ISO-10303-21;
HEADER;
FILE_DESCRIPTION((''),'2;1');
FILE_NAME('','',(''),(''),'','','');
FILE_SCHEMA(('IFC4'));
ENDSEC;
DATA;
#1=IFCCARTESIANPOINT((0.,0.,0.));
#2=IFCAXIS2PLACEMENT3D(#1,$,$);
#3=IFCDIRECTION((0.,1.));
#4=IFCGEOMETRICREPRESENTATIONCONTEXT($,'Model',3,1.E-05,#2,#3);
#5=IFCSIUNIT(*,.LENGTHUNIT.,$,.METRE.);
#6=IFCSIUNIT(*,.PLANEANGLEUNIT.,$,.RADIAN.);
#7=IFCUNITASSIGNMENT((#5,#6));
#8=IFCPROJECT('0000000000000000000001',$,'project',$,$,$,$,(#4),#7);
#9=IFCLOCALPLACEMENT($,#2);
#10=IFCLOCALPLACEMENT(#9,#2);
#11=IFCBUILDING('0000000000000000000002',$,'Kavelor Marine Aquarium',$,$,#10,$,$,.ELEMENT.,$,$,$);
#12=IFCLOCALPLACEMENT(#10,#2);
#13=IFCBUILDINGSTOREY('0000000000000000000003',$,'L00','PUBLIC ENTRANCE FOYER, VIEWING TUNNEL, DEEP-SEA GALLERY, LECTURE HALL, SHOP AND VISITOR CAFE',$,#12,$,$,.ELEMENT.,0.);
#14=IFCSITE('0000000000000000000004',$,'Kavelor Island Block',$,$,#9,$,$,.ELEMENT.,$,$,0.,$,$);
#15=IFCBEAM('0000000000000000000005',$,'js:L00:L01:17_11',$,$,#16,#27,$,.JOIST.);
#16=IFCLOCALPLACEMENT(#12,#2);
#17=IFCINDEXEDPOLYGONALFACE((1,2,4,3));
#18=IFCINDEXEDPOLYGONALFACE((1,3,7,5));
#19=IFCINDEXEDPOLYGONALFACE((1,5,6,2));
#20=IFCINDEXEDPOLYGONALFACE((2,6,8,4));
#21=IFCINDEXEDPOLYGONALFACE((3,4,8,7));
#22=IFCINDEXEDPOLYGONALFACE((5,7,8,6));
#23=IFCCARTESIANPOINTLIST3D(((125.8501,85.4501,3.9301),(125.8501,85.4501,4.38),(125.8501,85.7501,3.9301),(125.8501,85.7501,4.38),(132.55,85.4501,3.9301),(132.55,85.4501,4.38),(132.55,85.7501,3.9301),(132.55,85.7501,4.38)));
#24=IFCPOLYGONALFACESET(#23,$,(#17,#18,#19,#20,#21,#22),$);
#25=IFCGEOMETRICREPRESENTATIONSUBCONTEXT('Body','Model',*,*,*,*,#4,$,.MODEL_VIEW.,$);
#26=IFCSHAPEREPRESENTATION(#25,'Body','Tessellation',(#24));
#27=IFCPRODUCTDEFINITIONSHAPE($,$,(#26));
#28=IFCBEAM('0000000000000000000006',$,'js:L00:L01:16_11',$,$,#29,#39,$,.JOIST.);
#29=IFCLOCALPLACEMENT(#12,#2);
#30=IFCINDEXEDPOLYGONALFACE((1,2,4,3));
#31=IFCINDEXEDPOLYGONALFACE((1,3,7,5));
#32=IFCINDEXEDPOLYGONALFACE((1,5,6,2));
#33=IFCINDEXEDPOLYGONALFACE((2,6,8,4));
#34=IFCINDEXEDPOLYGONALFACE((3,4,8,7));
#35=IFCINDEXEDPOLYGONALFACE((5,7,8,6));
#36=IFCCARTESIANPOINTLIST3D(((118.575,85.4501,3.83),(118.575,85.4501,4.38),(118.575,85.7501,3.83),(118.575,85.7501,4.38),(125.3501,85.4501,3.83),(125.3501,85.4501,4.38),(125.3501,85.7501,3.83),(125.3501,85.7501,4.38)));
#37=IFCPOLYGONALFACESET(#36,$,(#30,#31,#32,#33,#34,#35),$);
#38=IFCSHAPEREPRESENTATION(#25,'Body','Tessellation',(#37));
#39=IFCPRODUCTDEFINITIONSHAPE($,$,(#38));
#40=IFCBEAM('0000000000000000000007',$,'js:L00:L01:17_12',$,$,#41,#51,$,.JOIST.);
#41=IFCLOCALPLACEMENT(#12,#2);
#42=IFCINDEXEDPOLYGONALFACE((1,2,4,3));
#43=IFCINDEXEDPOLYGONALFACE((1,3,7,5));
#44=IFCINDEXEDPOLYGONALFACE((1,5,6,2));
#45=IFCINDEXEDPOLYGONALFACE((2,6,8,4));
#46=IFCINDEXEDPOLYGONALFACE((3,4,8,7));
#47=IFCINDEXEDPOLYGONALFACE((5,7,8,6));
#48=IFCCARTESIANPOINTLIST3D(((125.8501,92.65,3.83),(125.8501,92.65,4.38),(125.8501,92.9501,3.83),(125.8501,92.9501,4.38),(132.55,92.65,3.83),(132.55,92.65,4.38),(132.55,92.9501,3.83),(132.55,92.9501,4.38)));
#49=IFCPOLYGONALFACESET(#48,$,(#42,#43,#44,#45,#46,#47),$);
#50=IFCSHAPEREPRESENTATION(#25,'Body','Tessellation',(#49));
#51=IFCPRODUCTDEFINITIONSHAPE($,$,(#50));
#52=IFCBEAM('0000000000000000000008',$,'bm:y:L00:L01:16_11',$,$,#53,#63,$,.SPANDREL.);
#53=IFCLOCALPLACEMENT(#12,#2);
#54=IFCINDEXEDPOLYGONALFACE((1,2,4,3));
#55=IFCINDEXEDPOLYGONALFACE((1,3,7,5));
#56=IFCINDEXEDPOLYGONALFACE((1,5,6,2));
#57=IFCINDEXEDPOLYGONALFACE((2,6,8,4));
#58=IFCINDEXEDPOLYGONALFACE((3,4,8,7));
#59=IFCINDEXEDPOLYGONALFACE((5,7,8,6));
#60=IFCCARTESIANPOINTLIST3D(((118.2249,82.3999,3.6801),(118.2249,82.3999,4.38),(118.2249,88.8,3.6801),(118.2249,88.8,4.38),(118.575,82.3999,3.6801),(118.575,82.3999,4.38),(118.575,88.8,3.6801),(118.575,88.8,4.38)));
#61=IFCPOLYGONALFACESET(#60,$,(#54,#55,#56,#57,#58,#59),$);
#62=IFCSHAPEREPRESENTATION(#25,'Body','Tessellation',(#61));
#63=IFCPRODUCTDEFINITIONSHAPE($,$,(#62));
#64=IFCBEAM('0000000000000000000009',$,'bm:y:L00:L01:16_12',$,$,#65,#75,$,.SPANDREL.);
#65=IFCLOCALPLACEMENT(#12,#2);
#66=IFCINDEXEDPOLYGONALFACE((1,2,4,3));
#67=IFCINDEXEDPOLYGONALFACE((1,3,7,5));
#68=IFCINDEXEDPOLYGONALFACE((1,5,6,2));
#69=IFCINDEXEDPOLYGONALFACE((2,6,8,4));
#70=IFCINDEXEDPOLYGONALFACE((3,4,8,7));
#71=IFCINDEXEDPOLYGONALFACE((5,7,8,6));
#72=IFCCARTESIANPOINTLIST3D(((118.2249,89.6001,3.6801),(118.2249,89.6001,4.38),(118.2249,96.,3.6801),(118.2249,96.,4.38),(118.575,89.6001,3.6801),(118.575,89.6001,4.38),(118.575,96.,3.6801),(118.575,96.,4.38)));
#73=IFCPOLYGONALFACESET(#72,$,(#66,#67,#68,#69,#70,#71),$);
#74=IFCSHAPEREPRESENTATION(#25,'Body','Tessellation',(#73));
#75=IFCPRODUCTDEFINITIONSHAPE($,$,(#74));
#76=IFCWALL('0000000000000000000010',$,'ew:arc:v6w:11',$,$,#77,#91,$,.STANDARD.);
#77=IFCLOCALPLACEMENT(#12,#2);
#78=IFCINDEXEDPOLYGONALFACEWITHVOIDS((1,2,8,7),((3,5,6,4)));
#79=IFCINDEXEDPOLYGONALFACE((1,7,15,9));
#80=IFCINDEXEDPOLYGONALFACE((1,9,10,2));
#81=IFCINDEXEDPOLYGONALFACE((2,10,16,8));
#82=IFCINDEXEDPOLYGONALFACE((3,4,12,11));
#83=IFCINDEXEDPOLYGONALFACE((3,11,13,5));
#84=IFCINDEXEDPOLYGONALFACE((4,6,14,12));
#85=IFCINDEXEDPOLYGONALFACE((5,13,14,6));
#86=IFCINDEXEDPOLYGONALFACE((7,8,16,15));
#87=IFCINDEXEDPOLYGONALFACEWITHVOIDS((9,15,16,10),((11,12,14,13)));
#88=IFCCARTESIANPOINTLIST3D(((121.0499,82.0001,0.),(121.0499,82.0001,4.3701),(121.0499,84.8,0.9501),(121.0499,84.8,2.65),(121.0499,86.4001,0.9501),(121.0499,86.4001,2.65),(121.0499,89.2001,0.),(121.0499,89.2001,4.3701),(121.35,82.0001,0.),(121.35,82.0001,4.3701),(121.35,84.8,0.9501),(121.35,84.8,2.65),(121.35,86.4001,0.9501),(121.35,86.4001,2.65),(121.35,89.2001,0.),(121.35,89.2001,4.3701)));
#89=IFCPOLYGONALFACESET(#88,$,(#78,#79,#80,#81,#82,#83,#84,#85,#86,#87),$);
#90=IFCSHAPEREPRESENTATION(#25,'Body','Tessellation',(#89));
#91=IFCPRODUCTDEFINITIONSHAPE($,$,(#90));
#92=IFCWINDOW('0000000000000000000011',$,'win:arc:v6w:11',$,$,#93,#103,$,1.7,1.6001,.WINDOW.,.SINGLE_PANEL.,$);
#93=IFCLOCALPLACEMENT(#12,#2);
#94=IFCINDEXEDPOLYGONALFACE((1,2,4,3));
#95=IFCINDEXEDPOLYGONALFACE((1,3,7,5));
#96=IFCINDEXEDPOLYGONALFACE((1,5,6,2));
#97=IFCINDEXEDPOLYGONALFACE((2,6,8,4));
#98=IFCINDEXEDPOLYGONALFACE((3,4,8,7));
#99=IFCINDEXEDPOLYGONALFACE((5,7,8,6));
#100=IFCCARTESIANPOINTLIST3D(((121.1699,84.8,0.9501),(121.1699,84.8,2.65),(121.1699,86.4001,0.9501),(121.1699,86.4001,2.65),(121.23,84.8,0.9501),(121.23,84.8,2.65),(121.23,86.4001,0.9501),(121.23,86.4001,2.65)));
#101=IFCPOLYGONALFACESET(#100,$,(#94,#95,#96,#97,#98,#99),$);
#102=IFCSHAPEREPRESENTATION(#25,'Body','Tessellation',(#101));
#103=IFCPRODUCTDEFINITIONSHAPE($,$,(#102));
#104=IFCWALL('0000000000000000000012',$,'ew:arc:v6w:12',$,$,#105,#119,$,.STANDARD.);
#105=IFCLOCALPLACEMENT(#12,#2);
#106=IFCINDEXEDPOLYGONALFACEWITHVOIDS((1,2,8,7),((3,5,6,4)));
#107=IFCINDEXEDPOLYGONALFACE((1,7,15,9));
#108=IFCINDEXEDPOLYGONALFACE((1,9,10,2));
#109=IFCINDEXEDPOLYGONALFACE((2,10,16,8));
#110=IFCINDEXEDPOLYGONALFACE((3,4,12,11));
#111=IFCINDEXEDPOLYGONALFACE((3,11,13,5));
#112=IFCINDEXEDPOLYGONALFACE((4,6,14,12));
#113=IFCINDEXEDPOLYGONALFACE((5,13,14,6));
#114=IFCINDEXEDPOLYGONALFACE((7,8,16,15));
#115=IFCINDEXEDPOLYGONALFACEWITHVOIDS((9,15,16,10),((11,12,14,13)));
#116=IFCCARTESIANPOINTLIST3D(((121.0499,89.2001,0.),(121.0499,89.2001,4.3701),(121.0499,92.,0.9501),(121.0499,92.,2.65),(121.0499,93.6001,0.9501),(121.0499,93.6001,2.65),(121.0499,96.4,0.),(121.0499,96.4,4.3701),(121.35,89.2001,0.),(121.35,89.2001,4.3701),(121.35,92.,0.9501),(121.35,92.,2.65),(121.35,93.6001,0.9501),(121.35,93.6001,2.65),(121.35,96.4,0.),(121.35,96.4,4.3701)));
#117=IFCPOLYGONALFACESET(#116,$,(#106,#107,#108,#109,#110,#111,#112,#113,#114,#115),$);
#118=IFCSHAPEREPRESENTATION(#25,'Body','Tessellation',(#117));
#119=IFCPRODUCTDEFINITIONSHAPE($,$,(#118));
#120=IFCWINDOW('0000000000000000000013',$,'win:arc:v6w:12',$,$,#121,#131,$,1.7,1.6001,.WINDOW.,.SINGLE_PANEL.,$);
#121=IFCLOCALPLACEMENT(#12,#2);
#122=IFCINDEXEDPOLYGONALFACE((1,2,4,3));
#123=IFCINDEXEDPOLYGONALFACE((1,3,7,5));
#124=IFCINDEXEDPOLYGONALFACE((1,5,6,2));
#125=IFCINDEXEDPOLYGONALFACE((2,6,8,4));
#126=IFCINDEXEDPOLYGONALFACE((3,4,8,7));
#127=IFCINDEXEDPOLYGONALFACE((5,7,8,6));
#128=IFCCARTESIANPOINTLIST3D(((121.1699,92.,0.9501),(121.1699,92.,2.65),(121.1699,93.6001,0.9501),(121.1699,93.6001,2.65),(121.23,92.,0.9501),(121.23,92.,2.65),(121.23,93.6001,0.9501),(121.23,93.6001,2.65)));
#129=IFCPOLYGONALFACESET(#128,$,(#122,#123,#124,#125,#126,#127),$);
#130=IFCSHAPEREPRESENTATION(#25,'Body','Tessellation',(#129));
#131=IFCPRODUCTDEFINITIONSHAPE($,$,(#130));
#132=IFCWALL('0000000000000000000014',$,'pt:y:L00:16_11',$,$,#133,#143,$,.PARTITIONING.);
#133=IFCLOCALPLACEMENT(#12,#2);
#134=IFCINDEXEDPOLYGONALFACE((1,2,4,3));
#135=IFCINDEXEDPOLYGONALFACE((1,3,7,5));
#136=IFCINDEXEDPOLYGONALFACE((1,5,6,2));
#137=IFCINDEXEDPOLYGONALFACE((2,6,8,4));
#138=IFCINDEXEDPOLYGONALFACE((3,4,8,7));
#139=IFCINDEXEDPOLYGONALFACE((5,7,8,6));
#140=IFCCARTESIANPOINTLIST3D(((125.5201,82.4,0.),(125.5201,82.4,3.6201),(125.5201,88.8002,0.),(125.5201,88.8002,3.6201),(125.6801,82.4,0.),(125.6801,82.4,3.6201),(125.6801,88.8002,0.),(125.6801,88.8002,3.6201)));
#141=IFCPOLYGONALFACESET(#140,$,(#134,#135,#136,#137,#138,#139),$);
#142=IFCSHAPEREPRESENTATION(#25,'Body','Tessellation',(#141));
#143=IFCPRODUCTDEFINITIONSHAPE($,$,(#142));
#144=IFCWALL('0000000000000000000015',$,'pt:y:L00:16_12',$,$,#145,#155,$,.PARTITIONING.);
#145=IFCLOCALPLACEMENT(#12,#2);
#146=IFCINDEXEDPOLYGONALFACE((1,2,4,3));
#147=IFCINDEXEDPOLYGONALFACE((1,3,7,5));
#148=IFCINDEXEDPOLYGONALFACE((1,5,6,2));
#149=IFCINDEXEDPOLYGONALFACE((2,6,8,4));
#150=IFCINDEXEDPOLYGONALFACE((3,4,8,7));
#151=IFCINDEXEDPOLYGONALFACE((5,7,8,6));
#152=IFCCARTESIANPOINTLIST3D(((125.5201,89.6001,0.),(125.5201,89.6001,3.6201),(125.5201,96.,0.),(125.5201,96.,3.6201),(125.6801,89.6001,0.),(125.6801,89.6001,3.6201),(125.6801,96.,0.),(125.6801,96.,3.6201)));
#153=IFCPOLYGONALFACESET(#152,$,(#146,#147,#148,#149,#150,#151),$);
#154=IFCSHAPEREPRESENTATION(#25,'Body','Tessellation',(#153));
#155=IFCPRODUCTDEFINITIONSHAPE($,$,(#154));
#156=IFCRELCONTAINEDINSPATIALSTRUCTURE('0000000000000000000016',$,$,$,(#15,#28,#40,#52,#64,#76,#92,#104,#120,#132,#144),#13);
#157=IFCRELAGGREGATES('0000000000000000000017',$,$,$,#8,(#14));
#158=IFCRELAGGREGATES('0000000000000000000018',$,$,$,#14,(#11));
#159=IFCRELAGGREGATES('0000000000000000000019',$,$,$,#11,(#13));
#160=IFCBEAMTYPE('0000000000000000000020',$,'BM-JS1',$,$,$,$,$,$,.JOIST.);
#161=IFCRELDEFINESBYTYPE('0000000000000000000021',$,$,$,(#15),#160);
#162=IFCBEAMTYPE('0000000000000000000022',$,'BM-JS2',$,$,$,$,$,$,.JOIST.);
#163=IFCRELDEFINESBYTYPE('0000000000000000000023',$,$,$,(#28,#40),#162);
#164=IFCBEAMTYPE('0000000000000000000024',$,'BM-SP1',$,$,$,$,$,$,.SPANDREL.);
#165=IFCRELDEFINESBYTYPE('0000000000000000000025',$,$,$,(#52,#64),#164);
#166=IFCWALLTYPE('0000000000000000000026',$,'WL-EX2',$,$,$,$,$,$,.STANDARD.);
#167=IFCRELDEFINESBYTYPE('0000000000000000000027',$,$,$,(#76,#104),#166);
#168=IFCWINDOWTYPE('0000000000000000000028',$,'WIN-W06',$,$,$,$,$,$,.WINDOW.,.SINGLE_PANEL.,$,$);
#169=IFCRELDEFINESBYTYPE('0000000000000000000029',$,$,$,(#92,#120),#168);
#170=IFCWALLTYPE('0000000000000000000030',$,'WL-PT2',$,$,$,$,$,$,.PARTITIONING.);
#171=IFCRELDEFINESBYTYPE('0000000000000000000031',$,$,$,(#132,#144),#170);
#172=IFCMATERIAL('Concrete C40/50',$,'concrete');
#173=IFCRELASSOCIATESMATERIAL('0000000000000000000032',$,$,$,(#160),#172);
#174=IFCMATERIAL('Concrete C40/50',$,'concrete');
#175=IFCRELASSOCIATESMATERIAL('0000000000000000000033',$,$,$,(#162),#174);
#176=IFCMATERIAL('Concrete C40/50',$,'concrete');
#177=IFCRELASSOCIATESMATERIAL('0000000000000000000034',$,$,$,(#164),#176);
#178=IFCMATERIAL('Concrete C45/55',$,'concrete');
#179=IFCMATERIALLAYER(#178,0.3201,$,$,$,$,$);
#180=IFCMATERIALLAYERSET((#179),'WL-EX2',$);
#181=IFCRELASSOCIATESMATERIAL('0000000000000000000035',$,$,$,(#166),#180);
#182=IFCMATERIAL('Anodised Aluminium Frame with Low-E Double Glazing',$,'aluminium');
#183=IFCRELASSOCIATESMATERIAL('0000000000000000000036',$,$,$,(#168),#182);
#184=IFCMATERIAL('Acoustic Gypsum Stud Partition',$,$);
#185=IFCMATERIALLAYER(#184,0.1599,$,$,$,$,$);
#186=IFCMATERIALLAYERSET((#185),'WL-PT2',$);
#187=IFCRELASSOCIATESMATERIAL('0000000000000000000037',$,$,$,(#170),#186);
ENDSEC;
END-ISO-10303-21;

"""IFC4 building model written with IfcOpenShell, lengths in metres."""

from ifc_helpers import new_model, si_unit, direction, frame, frame_2d, origin, origin_2d, place, context, subcontext, project, spatial, rectangle, extrude, material, layer, layer_set, material_profile, profile_set, type_object, element, fill, save


model = new_model("IFC4")

# Units and contexts
model_context = context("Model", 3, precision=1e-05, world=origin(), true_north=direction((0.0, 1.0)))
body_context = subcontext(model_context, "Body", "Model", "MODEL_VIEW")
ifc_project = project(units=[si_unit("LENGTHUNIT", "METRE"), si_unit("PLANEANGLEUNIT", "RADIAN")], contexts=[model_context])

# Site, building, storey
site_placement = place(None, origin())
site = spatial("IfcSite", under=ifc_project, at=site_placement, Name="Kavelor Island Block", CompositionType="ELEMENT", RefElevation=0.0)
building_placement = place(site_placement, origin())
building = spatial("IfcBuilding", under=site, at=building_placement, Name="Kavelor Marine Aquarium", CompositionType="ELEMENT")
storey_placement = place(building_placement, origin())
storey = spatial("IfcBuildingStorey", under=building, at=storey_placement, Name="L00", Description="PUBLIC ENTRANCE FOYER, VIEWING TUNNEL, DEEP-SEA GALLERY, LECTURE HALL, SHOP AND VISITOR CAFE", CompositionType="ELEMENT", Elevation=0.0)

# Beams
ifc_material_1 = material(Name="Concrete C40/50", Category="concrete")
ifc_material_profile_1 = material_profile(ifc_material_1, rectangle(XDim=0.3, YDim=0.45, at=origin_2d()), Name="RC-JS 300x450")
ifc_profile_set_1 = profile_set([ifc_material_profile_1], Name="Concrete C40/50")
beam_type_1 = type_object("IfcBeamType", Name="BM-JS1", PredefinedType="JOIST", material=ifc_profile_set_1)
beam_1_placement = place(storey_placement, frame((125.8501, 85.6001, 4.155), z_axis=(1.0, 0.0, 0.0), x_axis=(0.0, 1.0, 0.0)))
element("IfcBeam", 1, at=beam_1_placement, inside=storey, type_object=beam_type_1, Name="js:L00:L01:17_11", PredefinedType="JOIST", context=body_context, shape_type="SweptSolid", body=[
    extrude(rectangle(XDim=0.3, YDim=0.45, at=origin_2d()), origin(), (0.0, 0.0, 1.0), 6.7),
])
ifc_material_2 = material(Name="Concrete C40/50", Category="concrete")
ifc_material_profile_2 = material_profile(ifc_material_2, rectangle(XDim=0.3, YDim=0.55, at=origin_2d()), Name="RC-JS 300x550")
ifc_profile_set_2 = profile_set([ifc_material_profile_2], Name="Concrete C40/50")
beam_type_2 = type_object("IfcBeamType", Name="BM-JS2", PredefinedType="JOIST", material=ifc_profile_set_2)
beam_2_placement = place(storey_placement, frame((118.575, 85.6001, 4.105), z_axis=(1.0, 0.0, 0.0), x_axis=(0.0, 1.0, 0.0)))
element("IfcBeam", 2, at=beam_2_placement, inside=storey, type_object=beam_type_2, Name="js:L00:L01:16_11", PredefinedType="JOIST", context=body_context, shape_type="SweptSolid", body=[
    extrude(rectangle(XDim=0.3, YDim=0.55, at=origin_2d()), origin(), (0.0, 0.0, 1.0), 6.7751),
])
beam_3_placement = place(storey_placement, frame((125.8501, 92.8, 4.105), z_axis=(1.0, 0.0, 0.0), x_axis=(0.0, 1.0, 0.0)))
element("IfcBeam", 3, at=beam_3_placement, inside=storey, type_object=beam_type_2, Name="js:L00:L01:17_12", PredefinedType="JOIST", context=body_context, shape_type="SweptSolid", body=[
    extrude(rectangle(XDim=0.3, YDim=0.55, at=origin_2d()), origin(), (0.0, 0.0, 1.0), 6.7),
])
ifc_material_3 = material(Name="Concrete C40/50", Category="concrete")
ifc_material_profile_3 = material_profile(ifc_material_3, rectangle(XDim=0.3501, YDim=0.7, at=origin_2d()), Name="RC-SP 350x700")
ifc_profile_set_3 = profile_set([ifc_material_profile_3], Name="Concrete C40/50")
beam_type_3 = type_object("IfcBeamType", Name="BM-SP1", PredefinedType="SPANDREL", material=ifc_profile_set_3)
beam_4_placement = place(storey_placement, frame((118.3999, 82.3999, 4.03), z_axis=(0.0, 1.0, 0.0), x_axis=(-1.0, 0.0, 0.0)))
element("IfcBeam", 4, at=beam_4_placement, inside=storey, type_object=beam_type_3, Name="bm:y:L00:L01:16_11", PredefinedType="SPANDREL", context=body_context, shape_type="SweptSolid", body=[
    extrude(rectangle(XDim=0.3501, YDim=0.7, at=origin_2d()), origin(), (0.0, 0.0, 1.0), 6.4001),
])
beam_5_placement = place(storey_placement, frame((118.3999, 89.6001, 4.03), z_axis=(0.0, 1.0, 0.0), x_axis=(-1.0, 0.0, 0.0)))
element("IfcBeam", 5, at=beam_5_placement, inside=storey, type_object=beam_type_3, Name="bm:y:L00:L01:16_12", PredefinedType="SPANDREL", context=body_context, shape_type="SweptSolid", body=[
    extrude(rectangle(XDim=0.3501, YDim=0.7, at=origin_2d()), origin(), (0.0, 0.0, 1.0), 6.3999),
])

# Walls, openings, windows
ifc_material_4 = material(Name="Concrete C45/55", Category="concrete")
ifc_layer_1 = layer(ifc_material_4, 0.3201)
ifc_layer_set_1 = layer_set([ifc_layer_1], Name="WL-EX2")
wall_type_1 = type_object("IfcWallType", Name="WL-EX2", PredefinedType="STANDARD", material=ifc_layer_set_1)
wall_1_placement = place(storey_placement, frame((121.2, 82.0, 0.0), z_axis=(0.0, 0.0, 1.0), x_axis=(0.0, 1.0, 0.0)))
wall_1 = element("IfcWall", 6, at=wall_1_placement, inside=storey, type_object=wall_type_1, Name="ew:arc:v6w:11", PredefinedType="STANDARD", context=body_context, shape_type="SweptSolid", body=[
    extrude(rectangle(XDim=7.2, YDim=0.3, at=frame_2d((3.6001, 0.0))), origin(), (0.0, 0.0, 1.0), 4.3701),
])
opening_1_placement = place(wall_1_placement, frame((2.8, 0.0, 0.95)))
opening_1 = element("IfcOpeningElement", 7, at=opening_1_placement, cuts=wall_1, PredefinedType="OPENING", context=body_context, shape_type="SweptSolid", body=[
    extrude(rectangle(XDim=1.6001, YDim=1.7, at=frame_2d((0.8, 0.8501))), frame((0.0, 0.1599, 0.0), z_axis=(0.0, -1.0, 0.0), x_axis=(1.0, 0.0, 0.0)), (0.0, 0.0, 1.0), 0.32),
])
ifc_material_5 = material(Name="Anodised Aluminium Frame with Low-E Double Glazing", Category="aluminium")
window_type = type_object("IfcWindowType", Name="WIN-W06", PartitioningType="SINGLE_PANEL", PredefinedType="WINDOW", material=ifc_material_5)
window_1_placement = place(opening_1_placement, origin())
window_1 = element("IfcWindow", 8, at=window_1_placement, inside=storey, type_object=window_type, Name="win:arc:v6w:11", OverallHeight=1.7, OverallWidth=1.6001, PartitioningType="SINGLE_PANEL", PredefinedType="WINDOW", context=body_context, shape_type="SweptSolid", body=[
    extrude(rectangle(XDim=1.6001, YDim=1.7, at=frame_2d((0.8, 0.8501))), frame((0.0, 0.03, 0.0), z_axis=(0.0, -1.0, 0.0), x_axis=(1.0, 0.0, 0.0)), (0.0, 0.0, 1.0), 0.0601),
])
fill(opening_1, window_1)
wall_2_placement = place(storey_placement, frame((121.2, 89.2, 0.0), z_axis=(0.0, 0.0, 1.0), x_axis=(0.0, 1.0, 0.0)))
wall_2 = element("IfcWall", 9, at=wall_2_placement, inside=storey, type_object=wall_type_1, Name="ew:arc:v6w:12", PredefinedType="STANDARD", context=body_context, shape_type="SweptSolid", body=[
    extrude(rectangle(XDim=7.2, YDim=0.3, at=frame_2d((3.6001, 0.0))), origin(), (0.0, 0.0, 1.0), 4.3701),
])
opening_2_placement = place(wall_2_placement, frame((2.8, 0.0, 0.95)))
opening_2 = element("IfcOpeningElement", 10, at=opening_2_placement, cuts=wall_2, PredefinedType="OPENING", context=body_context, shape_type="SweptSolid", body=[
    extrude(rectangle(XDim=1.6001, YDim=1.7, at=frame_2d((0.8, 0.8501))), frame((0.0, 0.1599, 0.0), z_axis=(0.0, -1.0, 0.0), x_axis=(1.0, 0.0, 0.0)), (0.0, 0.0, 1.0), 0.32),
])
window_2_placement = place(opening_2_placement, origin())
window_2 = element("IfcWindow", 11, at=window_2_placement, inside=storey, type_object=window_type, Name="win:arc:v6w:12", OverallHeight=1.7, OverallWidth=1.6001, PartitioningType="SINGLE_PANEL", PredefinedType="WINDOW", context=body_context, shape_type="SweptSolid", body=[
    extrude(rectangle(XDim=1.6001, YDim=1.7, at=frame_2d((0.8, 0.8501))), frame((0.0, 0.03, 0.0), z_axis=(0.0, -1.0, 0.0), x_axis=(1.0, 0.0, 0.0)), (0.0, 0.0, 1.0), 0.0601),
])
fill(opening_2, window_2)

# Walls
ifc_material_6 = material(Name="Acoustic Gypsum Stud Partition")
ifc_layer_2 = layer(ifc_material_6, 0.1599)
ifc_layer_set_2 = layer_set([ifc_layer_2], Name="WL-PT2")
wall_type_2 = type_object("IfcWallType", Name="WL-PT2", PredefinedType="PARTITIONING", material=ifc_layer_set_2)
wall_3_placement = place(storey_placement, frame((125.6001, 82.3999, 0.0), z_axis=(0.0, 0.0, 1.0), x_axis=(0.0, 1.0, 0.0)))
element("IfcWall", 12, at=wall_3_placement, inside=storey, type_object=wall_type_2, Name="pt:y:L00:16_11", PredefinedType="PARTITIONING", context=body_context, shape_type="SweptSolid", body=[
    extrude(rectangle(XDim=6.4001, YDim=0.1599, at=frame_2d((3.2002, 0.0))), origin(), (0.0, 0.0, 1.0), 3.6201),
])
wall_4_placement = place(storey_placement, frame((125.6001, 89.6001, 0.0), z_axis=(0.0, 0.0, 1.0), x_axis=(0.0, 1.0, 0.0)))
element("IfcWall", 13, at=wall_4_placement, inside=storey, type_object=wall_type_2, Name="pt:y:L00:16_12", PredefinedType="PARTITIONING", context=body_context, shape_type="SweptSolid", body=[
    extrude(rectangle(XDim=6.3999, YDim=0.1599, at=frame_2d((3.2, 0.0))), origin(), (0.0, 0.0, 1.0), 3.6201),
])

save(model, "model.ifc")
